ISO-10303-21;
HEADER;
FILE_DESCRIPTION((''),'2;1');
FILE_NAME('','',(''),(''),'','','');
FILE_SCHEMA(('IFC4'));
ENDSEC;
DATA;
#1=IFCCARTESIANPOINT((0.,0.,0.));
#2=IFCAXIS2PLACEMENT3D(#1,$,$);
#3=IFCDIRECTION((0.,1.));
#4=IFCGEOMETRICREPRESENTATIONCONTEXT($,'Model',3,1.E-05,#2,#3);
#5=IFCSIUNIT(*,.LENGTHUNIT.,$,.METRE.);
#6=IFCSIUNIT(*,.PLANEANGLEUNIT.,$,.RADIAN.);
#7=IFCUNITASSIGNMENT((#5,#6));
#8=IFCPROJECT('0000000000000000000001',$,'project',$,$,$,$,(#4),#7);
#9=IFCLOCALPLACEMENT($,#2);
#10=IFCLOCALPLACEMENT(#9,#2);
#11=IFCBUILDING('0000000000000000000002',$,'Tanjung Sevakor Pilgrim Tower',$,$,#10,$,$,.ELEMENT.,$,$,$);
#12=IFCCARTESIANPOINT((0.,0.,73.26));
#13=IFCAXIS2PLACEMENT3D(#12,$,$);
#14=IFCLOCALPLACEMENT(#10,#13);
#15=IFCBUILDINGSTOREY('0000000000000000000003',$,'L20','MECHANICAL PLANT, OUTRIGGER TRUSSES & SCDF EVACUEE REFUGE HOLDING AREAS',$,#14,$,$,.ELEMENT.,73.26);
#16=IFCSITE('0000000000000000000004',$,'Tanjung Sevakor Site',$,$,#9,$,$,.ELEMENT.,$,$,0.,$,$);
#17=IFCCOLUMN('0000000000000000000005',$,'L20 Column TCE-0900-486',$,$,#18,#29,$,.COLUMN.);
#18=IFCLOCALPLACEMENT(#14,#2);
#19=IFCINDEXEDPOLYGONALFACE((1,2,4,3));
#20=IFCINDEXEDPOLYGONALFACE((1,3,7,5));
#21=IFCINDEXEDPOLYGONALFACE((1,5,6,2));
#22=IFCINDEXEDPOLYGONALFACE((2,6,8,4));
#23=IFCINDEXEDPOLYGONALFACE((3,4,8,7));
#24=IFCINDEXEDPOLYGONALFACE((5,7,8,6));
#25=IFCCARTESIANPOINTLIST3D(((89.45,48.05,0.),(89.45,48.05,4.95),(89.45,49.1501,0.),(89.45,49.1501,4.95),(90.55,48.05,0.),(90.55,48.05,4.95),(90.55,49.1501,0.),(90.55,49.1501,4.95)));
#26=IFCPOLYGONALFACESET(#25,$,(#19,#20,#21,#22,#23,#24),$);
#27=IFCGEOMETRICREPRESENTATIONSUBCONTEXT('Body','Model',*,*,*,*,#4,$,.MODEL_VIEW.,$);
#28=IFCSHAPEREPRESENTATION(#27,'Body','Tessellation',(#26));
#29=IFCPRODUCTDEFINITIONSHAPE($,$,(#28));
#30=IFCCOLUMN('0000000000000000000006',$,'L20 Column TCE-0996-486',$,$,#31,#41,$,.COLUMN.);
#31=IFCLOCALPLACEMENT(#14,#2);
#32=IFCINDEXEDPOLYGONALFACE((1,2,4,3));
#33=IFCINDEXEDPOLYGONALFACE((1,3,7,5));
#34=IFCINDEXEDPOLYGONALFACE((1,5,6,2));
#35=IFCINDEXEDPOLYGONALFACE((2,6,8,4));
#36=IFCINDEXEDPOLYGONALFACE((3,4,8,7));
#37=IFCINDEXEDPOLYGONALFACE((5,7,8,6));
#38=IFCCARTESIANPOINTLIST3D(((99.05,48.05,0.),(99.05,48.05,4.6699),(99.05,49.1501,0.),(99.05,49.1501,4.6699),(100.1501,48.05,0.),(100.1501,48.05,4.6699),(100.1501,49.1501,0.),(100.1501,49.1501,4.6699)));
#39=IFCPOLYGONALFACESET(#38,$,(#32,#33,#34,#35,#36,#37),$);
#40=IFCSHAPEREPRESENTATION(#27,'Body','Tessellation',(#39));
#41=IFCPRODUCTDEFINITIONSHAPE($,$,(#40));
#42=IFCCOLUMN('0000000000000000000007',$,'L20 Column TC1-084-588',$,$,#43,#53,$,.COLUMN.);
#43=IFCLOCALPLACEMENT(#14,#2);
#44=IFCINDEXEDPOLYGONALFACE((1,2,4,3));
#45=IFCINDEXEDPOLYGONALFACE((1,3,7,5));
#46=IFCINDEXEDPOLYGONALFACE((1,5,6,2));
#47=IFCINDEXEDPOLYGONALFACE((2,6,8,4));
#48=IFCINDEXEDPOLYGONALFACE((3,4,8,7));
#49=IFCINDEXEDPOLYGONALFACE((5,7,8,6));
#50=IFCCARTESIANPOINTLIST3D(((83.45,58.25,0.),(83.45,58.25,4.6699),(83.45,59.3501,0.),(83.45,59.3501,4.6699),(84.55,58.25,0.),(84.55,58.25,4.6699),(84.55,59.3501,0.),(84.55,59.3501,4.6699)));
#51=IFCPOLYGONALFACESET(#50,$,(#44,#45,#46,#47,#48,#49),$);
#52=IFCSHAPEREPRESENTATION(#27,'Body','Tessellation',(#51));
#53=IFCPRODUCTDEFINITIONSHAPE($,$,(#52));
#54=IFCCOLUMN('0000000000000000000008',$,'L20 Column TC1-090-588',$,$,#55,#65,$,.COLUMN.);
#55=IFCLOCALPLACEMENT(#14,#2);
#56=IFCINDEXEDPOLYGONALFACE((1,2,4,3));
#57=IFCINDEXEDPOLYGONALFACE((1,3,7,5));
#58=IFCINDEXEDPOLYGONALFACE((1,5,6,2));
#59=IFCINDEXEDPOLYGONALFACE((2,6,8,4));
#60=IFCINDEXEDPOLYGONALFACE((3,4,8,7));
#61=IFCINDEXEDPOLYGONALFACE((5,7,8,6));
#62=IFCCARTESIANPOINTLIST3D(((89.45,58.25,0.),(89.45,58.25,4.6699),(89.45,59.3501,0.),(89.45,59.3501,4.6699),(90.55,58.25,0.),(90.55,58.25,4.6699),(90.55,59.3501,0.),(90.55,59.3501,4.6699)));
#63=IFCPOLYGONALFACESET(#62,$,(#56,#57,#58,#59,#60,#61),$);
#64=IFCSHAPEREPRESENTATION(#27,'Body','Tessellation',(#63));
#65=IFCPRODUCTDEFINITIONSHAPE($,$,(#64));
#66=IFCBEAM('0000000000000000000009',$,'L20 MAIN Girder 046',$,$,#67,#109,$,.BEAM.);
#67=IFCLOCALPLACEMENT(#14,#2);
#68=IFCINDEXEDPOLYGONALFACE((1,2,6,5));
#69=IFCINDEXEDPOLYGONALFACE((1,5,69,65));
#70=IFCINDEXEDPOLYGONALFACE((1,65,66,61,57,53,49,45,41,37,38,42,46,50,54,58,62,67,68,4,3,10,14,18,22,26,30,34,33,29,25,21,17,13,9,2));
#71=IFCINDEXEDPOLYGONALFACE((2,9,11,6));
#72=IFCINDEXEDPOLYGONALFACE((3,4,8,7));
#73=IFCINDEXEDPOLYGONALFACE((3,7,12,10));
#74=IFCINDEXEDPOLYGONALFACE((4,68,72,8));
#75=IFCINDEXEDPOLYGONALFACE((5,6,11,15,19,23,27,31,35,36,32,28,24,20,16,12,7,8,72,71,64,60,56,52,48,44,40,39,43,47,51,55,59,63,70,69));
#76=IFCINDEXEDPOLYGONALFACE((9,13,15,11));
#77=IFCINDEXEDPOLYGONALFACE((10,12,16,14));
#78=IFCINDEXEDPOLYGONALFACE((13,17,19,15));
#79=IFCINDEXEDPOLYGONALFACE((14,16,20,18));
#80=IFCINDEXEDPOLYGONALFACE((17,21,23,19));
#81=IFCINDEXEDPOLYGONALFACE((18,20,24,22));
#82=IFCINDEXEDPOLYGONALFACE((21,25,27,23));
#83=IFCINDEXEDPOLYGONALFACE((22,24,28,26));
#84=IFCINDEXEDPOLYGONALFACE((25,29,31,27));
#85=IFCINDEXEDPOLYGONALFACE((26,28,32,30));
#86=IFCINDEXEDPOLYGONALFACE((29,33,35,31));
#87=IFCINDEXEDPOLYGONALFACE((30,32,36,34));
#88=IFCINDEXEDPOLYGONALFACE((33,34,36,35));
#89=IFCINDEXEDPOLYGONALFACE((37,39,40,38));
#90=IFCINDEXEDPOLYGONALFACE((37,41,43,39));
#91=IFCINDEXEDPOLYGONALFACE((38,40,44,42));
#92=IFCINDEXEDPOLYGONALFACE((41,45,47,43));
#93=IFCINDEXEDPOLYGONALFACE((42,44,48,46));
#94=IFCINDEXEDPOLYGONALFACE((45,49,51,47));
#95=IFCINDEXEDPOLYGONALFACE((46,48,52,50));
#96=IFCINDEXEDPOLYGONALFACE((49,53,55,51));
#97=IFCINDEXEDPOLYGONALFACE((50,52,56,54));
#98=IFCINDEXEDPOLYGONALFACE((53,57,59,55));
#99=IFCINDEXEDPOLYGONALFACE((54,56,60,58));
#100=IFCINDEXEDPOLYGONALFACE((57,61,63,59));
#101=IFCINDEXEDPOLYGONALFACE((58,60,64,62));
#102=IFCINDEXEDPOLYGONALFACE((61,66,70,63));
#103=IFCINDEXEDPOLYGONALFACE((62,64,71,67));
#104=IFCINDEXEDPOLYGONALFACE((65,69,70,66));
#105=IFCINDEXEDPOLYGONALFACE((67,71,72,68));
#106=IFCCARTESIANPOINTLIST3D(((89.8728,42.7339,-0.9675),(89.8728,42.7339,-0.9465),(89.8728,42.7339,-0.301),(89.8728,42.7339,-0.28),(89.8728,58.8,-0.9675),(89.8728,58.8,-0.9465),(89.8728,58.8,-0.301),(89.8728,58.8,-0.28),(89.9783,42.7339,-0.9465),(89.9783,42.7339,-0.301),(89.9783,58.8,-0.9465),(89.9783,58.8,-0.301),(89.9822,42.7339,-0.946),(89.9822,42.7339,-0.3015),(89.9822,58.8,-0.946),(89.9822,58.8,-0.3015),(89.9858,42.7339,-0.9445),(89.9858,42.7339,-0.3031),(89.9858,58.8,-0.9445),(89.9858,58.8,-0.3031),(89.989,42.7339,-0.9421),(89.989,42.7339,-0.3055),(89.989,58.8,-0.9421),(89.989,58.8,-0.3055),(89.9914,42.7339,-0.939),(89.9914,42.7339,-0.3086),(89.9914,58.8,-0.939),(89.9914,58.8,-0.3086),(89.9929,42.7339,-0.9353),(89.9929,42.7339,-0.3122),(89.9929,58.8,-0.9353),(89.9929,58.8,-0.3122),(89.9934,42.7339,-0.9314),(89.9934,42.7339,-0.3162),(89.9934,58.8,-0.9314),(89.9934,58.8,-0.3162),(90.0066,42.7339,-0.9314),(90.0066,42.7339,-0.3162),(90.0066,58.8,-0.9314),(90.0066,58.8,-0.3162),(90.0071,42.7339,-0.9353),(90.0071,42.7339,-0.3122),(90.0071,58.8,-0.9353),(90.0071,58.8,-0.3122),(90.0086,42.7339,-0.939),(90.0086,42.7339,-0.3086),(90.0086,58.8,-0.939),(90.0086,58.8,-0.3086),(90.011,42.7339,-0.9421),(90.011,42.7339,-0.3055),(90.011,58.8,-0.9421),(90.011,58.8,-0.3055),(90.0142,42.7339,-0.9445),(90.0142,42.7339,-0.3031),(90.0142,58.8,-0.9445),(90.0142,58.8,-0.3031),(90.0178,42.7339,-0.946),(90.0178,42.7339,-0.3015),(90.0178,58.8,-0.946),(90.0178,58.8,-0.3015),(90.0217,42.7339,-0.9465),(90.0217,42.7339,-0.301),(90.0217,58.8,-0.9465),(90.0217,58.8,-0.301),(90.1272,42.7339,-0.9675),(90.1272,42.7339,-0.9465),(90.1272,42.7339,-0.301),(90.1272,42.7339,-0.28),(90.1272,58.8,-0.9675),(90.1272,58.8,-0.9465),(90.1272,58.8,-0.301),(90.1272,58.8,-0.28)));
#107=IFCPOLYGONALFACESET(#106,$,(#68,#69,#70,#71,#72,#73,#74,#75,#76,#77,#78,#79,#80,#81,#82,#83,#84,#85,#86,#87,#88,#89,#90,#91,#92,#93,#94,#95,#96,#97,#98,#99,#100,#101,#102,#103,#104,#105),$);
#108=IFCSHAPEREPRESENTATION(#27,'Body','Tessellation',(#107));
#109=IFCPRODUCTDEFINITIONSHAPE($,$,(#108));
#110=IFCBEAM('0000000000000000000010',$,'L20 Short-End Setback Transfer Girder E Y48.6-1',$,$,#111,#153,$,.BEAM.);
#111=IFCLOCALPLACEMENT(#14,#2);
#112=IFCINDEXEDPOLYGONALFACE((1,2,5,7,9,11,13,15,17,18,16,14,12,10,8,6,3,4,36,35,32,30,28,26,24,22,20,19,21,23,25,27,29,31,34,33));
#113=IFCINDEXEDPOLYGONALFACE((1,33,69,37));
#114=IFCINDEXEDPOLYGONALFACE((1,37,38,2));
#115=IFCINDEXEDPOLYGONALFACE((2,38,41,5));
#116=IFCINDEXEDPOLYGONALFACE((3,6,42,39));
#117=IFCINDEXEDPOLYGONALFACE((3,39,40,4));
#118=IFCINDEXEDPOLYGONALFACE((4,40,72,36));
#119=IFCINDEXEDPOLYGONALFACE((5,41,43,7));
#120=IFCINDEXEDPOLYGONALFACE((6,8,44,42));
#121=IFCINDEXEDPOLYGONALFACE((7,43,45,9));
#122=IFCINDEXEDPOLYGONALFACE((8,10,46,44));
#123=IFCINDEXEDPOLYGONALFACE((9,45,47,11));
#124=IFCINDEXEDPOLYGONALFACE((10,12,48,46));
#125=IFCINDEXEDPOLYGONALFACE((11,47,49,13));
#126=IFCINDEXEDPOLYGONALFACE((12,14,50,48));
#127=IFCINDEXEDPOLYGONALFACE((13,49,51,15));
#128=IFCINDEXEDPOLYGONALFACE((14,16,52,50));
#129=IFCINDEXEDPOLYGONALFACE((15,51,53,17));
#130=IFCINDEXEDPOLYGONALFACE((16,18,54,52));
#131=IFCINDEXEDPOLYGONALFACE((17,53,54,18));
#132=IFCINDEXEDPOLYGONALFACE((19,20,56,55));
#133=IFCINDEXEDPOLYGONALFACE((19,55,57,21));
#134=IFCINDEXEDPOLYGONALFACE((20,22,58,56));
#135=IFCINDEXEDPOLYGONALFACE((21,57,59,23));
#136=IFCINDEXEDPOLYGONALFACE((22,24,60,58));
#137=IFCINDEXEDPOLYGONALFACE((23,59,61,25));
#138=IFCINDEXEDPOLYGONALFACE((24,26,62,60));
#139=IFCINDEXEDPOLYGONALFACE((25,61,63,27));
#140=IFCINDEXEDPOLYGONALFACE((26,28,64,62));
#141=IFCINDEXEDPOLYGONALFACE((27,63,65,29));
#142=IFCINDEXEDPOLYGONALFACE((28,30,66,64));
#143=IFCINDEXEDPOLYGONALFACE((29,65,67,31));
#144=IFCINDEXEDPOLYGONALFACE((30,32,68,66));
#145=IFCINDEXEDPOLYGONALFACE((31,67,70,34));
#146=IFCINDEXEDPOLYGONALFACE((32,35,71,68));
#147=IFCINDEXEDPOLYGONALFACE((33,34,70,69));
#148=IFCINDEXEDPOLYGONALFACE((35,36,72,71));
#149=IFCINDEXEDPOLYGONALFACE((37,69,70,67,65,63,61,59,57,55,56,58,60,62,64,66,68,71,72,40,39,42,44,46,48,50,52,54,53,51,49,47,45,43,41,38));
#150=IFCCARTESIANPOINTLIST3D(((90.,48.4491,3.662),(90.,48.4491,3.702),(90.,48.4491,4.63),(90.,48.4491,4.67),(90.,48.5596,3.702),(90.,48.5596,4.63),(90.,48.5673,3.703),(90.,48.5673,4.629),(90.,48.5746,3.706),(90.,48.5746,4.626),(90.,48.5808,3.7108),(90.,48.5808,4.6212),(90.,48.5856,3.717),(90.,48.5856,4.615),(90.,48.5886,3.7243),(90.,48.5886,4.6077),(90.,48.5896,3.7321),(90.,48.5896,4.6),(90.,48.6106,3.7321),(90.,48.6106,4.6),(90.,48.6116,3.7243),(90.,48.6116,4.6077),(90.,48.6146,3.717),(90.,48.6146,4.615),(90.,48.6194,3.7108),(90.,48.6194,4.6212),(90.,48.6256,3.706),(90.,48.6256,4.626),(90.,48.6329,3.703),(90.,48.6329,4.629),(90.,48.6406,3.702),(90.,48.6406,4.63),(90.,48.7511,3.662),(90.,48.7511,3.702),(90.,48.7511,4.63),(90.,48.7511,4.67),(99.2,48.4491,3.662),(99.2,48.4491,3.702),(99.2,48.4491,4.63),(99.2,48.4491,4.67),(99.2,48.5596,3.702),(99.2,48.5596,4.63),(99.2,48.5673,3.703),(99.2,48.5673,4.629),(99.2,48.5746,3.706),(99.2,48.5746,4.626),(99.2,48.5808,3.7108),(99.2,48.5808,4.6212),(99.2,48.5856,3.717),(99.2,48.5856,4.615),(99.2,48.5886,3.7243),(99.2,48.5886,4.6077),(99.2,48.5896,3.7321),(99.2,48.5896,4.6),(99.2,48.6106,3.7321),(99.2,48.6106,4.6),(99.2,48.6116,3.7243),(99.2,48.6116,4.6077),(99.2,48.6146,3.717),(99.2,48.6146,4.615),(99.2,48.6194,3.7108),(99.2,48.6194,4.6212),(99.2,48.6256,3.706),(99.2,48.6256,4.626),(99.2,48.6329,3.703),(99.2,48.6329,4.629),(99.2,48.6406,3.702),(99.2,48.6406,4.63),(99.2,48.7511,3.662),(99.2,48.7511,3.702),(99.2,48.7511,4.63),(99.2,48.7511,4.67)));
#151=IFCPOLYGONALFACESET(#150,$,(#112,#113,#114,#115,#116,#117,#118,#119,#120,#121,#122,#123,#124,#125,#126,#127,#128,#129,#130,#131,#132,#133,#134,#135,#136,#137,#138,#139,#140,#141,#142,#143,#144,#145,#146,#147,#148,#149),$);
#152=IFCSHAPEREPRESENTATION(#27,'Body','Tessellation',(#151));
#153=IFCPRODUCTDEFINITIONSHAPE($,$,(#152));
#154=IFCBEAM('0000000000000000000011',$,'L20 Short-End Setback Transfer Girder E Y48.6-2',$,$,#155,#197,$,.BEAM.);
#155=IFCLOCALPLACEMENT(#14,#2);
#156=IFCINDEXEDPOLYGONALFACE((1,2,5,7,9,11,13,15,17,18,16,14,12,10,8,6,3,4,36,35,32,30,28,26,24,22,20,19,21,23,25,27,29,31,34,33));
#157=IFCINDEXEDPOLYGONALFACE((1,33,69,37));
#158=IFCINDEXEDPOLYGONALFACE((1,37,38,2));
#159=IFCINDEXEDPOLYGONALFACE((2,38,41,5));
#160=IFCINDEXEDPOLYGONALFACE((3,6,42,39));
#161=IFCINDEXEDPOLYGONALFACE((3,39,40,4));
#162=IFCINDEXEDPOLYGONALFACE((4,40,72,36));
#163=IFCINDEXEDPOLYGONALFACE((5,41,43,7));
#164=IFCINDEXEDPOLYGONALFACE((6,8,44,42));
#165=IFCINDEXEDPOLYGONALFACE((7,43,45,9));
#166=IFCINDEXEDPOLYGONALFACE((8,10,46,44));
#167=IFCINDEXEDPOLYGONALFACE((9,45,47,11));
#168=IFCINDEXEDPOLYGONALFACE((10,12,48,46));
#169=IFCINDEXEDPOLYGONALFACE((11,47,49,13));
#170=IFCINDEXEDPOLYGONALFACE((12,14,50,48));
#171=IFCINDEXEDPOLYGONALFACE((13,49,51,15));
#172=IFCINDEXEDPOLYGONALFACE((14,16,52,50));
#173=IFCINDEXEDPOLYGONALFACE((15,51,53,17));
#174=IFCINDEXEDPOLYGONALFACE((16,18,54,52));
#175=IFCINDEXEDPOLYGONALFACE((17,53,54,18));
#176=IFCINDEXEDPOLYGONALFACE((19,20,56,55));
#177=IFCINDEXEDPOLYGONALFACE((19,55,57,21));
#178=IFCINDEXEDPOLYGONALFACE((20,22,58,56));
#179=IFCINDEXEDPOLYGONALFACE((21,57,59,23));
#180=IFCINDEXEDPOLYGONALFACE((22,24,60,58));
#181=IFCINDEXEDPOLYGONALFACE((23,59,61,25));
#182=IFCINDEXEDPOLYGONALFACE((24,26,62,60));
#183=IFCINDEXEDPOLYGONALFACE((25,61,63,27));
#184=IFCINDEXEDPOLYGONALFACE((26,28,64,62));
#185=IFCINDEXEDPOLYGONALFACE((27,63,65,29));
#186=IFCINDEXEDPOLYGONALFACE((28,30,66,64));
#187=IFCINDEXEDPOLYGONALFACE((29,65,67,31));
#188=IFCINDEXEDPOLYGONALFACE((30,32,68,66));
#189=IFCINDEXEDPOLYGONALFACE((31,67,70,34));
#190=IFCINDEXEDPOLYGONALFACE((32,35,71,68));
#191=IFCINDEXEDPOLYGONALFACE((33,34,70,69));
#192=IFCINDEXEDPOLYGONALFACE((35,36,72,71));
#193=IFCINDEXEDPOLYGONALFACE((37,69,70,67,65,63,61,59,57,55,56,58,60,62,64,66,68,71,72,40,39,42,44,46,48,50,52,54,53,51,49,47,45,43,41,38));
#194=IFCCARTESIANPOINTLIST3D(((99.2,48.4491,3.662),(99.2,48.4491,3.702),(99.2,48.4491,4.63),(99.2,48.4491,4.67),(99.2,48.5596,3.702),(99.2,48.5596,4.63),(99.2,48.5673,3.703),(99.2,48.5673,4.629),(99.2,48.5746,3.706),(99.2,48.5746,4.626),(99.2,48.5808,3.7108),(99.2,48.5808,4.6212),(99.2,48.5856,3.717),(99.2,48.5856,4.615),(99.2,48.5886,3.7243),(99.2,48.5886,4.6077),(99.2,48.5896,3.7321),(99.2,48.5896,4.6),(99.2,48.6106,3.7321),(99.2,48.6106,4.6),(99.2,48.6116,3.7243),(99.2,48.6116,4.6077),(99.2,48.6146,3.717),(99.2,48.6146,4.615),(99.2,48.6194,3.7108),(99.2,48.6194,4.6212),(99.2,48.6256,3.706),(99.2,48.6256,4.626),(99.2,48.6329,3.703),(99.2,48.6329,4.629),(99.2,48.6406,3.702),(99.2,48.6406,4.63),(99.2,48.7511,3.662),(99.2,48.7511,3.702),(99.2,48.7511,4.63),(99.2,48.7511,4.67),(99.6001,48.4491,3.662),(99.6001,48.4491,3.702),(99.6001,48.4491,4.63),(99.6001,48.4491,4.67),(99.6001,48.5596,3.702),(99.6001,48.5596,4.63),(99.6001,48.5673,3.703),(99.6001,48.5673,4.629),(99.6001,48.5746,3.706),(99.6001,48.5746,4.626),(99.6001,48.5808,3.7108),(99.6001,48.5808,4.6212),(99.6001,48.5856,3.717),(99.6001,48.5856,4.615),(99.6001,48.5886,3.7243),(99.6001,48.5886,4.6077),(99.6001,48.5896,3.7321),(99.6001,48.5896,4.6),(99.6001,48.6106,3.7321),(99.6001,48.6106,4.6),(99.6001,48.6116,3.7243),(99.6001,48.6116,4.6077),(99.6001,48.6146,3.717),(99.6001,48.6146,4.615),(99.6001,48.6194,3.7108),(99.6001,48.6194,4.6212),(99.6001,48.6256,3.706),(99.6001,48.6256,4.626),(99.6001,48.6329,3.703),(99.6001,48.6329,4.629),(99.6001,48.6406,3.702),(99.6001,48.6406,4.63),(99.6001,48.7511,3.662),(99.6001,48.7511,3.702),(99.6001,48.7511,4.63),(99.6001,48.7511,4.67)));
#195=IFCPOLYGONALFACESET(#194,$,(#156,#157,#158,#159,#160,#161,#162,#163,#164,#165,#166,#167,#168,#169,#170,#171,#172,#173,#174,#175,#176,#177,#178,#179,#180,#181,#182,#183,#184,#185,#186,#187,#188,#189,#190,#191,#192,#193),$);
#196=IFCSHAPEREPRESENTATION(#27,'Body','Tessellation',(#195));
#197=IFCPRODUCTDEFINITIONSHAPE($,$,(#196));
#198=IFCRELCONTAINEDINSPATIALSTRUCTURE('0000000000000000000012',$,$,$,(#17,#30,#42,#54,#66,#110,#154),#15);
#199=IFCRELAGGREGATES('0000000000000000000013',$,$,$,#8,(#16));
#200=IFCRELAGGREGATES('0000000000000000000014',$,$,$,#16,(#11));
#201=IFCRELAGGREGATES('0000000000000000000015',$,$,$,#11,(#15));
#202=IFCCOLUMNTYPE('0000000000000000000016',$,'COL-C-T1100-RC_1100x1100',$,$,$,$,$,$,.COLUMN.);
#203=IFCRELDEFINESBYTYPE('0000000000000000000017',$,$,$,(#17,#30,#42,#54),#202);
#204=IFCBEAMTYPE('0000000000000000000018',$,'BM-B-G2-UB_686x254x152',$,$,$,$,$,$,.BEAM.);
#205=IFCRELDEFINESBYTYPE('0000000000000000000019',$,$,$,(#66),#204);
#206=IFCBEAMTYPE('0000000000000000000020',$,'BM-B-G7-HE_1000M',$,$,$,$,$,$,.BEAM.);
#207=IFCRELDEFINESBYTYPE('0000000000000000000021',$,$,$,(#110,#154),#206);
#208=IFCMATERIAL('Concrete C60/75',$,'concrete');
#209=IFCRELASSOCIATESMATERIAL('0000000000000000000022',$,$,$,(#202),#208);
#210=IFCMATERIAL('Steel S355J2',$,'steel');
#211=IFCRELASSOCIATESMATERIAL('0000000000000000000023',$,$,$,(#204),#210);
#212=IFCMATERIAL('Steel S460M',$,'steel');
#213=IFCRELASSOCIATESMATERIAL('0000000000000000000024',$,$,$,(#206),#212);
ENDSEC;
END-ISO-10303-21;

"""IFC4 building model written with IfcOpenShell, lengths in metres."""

from ifc_helpers import new_model, si_unit, direction, frame, origin, origin_2d, place, context, subcontext, project, spatial, rectangle, i_section, extrude, material, material_profile, profile_set, type_object, element, save


model = new_model("IFC4")

# Units and contexts
model_context = context("Model", 3, precision=1e-05, world=origin(), true_north=direction((0.0, 1.0)))
body_context = subcontext(model_context, "Body", "Model", "MODEL_VIEW")
ifc_project = project(units=[si_unit("LENGTHUNIT", "METRE"), si_unit("PLANEANGLEUNIT", "RADIAN")], contexts=[model_context])

# Site, building, storey
site_placement = place(None, origin())
site = spatial("IfcSite", under=ifc_project, at=site_placement, Name="Tanjung Sevakor Site", CompositionType="ELEMENT", RefElevation=0.0)
building_placement = place(site_placement, origin())
building = spatial("IfcBuilding", under=site, at=building_placement, Name="Tanjung Sevakor Pilgrim Tower", CompositionType="ELEMENT")
storey_placement = place(building_placement, frame((0.0, 0.0, 73.26)))
storey = spatial("IfcBuildingStorey", under=building, at=storey_placement, Name="L20", Description="MECHANICAL PLANT, OUTRIGGER TRUSSES & SCDF EVACUEE REFUGE HOLDING AREAS", CompositionType="ELEMENT", Elevation=73.26)

# Columns
ifc_material_1 = material(Name="Concrete C60/75", Category="concrete")
ifc_material_profile_1 = material_profile(ifc_material_1, rectangle(XDim=1.1001, YDim=1.1001, at=origin_2d()))
ifc_profile_set_1 = profile_set([ifc_material_profile_1], Name="Concrete C60/75")
column_type = type_object("IfcColumnType", Name="COL-C-T1100-RC_1100x1100", PredefinedType="COLUMN", material=ifc_profile_set_1)
column_placement = place(storey_placement, frame((90.0, 48.6001, 0.0), z_axis=(0.0, 0.0, 1.0), x_axis=(1.0, 0.0, 0.0)))
element("IfcColumn", 1, at=column_placement, inside=storey, type_object=column_type, Name="L20 Column TCE-0900-486", PredefinedType="COLUMN", context=body_context, shape_type="SweptSolid", body=[
    extrude(rectangle(XDim=1.1001, YDim=1.1001, at=origin_2d()), origin(), (0.0, 0.0, 1.0), 4.95),
])
for number, where, z_axis, x_axis, name in (
    (2, (99.6001, 48.6001, 0.0), (0.0, 0.0, 1.0), (1.0, 0.0, 0.0), "L20 Column TCE-0996-486"),
    (3, (84.0, 58.8, 0.0), (0.0, 0.0, 1.0), (1.0, 0.0, 0.0), "L20 Column TC1-084-588"),
    (4, (90.0, 58.8, 0.0), (0.0, 0.0, 1.0), (1.0, 0.0, 0.0), "L20 Column TC1-090-588"),
):
    element("IfcColumn", number, at=place(storey_placement, frame(where, z_axis=z_axis, x_axis=x_axis)), inside=storey, type_object=column_type, Name=name, PredefinedType="COLUMN", context=body_context, shape_type="SweptSolid", body=[
        extrude(rectangle(XDim=1.1001, YDim=1.1001, at=origin_2d()), origin(), (0.0, 0.0, 1.0), 4.6699),
    ])

# Beams
ifc_material_2 = material(Name="Steel S355J2", Category="steel")
ifc_material_profile_2 = material_profile(ifc_material_2, i_section(OverallWidth=0.2544, OverallDepth=0.6875, WebThickness=0.0132, FlangeThickness=0.021, FilletRadius=0.0151, at=origin_2d()))
ifc_profile_set_2 = profile_set([ifc_material_profile_2], Name="Steel S355J2")
beam_type_1 = type_object("IfcBeamType", Name="BM-B-G2-UB_686x254x152", PredefinedType="BEAM", material=ifc_profile_set_2)
beam_1_placement = place(storey_placement, frame((90.0, 42.7339, -0.6238), z_axis=(0.0, 1.0, 0.0), x_axis=(-1.0, 0.0, 0.0)))
element("IfcBeam", 5, at=beam_1_placement, inside=storey, type_object=beam_type_1, Name="L20 MAIN Girder 046", PredefinedType="BEAM", context=body_context, shape_type="SweptSolid", body=[
    extrude(i_section(OverallWidth=0.2544, OverallDepth=0.6875, WebThickness=0.0132, FlangeThickness=0.021, FilletRadius=0.0151, at=origin_2d()), origin(), (0.0, 0.0, 1.0), 16.0662),
])
ifc_material_3 = material(Name="Steel S460M", Category="steel")
ifc_material_profile_3 = material_profile(ifc_material_3, i_section(OverallWidth=0.302, OverallDepth=1.0081, WebThickness=0.021, FlangeThickness=0.04, FilletRadius=0.03, at=origin_2d()))
ifc_profile_set_3 = profile_set([ifc_material_profile_3], Name="Steel S460M")
beam_type_2 = type_object("IfcBeamType", Name="BM-B-G7-HE_1000M", PredefinedType="BEAM", material=ifc_profile_set_3)
beam_2_placement = place(storey_placement, frame((90.0, 48.6001, 4.166), z_axis=(1.0, 0.0, 0.0), x_axis=(0.0, 1.0, 0.0)))
element("IfcBeam", 6, at=beam_2_placement, inside=storey, type_object=beam_type_2, Name="L20 Short-End Setback Transfer Girder E Y48.6-1", PredefinedType="BEAM", context=body_context, shape_type="SweptSolid", body=[
    extrude(i_section(OverallWidth=0.302, OverallDepth=1.0081, WebThickness=0.021, FlangeThickness=0.04, FilletRadius=0.03, at=origin_2d()), origin(), (0.0, 0.0, 1.0), 9.2),
])
beam_3_placement = place(storey_placement, frame((99.2, 48.6001, 4.166), z_axis=(1.0, 0.0, 0.0), x_axis=(0.0, 1.0, 0.0)))
element("IfcBeam", 7, at=beam_3_placement, inside=storey, type_object=beam_type_2, Name="L20 Short-End Setback Transfer Girder E Y48.6-2", PredefinedType="BEAM", context=body_context, shape_type="SweptSolid", body=[
    extrude(i_section(OverallWidth=0.302, OverallDepth=1.0081, WebThickness=0.021, FlangeThickness=0.04, FilletRadius=0.03, at=origin_2d()), origin(), (0.0, 0.0, 1.0), 0.4001),
])

save(model, "model.ifc")
